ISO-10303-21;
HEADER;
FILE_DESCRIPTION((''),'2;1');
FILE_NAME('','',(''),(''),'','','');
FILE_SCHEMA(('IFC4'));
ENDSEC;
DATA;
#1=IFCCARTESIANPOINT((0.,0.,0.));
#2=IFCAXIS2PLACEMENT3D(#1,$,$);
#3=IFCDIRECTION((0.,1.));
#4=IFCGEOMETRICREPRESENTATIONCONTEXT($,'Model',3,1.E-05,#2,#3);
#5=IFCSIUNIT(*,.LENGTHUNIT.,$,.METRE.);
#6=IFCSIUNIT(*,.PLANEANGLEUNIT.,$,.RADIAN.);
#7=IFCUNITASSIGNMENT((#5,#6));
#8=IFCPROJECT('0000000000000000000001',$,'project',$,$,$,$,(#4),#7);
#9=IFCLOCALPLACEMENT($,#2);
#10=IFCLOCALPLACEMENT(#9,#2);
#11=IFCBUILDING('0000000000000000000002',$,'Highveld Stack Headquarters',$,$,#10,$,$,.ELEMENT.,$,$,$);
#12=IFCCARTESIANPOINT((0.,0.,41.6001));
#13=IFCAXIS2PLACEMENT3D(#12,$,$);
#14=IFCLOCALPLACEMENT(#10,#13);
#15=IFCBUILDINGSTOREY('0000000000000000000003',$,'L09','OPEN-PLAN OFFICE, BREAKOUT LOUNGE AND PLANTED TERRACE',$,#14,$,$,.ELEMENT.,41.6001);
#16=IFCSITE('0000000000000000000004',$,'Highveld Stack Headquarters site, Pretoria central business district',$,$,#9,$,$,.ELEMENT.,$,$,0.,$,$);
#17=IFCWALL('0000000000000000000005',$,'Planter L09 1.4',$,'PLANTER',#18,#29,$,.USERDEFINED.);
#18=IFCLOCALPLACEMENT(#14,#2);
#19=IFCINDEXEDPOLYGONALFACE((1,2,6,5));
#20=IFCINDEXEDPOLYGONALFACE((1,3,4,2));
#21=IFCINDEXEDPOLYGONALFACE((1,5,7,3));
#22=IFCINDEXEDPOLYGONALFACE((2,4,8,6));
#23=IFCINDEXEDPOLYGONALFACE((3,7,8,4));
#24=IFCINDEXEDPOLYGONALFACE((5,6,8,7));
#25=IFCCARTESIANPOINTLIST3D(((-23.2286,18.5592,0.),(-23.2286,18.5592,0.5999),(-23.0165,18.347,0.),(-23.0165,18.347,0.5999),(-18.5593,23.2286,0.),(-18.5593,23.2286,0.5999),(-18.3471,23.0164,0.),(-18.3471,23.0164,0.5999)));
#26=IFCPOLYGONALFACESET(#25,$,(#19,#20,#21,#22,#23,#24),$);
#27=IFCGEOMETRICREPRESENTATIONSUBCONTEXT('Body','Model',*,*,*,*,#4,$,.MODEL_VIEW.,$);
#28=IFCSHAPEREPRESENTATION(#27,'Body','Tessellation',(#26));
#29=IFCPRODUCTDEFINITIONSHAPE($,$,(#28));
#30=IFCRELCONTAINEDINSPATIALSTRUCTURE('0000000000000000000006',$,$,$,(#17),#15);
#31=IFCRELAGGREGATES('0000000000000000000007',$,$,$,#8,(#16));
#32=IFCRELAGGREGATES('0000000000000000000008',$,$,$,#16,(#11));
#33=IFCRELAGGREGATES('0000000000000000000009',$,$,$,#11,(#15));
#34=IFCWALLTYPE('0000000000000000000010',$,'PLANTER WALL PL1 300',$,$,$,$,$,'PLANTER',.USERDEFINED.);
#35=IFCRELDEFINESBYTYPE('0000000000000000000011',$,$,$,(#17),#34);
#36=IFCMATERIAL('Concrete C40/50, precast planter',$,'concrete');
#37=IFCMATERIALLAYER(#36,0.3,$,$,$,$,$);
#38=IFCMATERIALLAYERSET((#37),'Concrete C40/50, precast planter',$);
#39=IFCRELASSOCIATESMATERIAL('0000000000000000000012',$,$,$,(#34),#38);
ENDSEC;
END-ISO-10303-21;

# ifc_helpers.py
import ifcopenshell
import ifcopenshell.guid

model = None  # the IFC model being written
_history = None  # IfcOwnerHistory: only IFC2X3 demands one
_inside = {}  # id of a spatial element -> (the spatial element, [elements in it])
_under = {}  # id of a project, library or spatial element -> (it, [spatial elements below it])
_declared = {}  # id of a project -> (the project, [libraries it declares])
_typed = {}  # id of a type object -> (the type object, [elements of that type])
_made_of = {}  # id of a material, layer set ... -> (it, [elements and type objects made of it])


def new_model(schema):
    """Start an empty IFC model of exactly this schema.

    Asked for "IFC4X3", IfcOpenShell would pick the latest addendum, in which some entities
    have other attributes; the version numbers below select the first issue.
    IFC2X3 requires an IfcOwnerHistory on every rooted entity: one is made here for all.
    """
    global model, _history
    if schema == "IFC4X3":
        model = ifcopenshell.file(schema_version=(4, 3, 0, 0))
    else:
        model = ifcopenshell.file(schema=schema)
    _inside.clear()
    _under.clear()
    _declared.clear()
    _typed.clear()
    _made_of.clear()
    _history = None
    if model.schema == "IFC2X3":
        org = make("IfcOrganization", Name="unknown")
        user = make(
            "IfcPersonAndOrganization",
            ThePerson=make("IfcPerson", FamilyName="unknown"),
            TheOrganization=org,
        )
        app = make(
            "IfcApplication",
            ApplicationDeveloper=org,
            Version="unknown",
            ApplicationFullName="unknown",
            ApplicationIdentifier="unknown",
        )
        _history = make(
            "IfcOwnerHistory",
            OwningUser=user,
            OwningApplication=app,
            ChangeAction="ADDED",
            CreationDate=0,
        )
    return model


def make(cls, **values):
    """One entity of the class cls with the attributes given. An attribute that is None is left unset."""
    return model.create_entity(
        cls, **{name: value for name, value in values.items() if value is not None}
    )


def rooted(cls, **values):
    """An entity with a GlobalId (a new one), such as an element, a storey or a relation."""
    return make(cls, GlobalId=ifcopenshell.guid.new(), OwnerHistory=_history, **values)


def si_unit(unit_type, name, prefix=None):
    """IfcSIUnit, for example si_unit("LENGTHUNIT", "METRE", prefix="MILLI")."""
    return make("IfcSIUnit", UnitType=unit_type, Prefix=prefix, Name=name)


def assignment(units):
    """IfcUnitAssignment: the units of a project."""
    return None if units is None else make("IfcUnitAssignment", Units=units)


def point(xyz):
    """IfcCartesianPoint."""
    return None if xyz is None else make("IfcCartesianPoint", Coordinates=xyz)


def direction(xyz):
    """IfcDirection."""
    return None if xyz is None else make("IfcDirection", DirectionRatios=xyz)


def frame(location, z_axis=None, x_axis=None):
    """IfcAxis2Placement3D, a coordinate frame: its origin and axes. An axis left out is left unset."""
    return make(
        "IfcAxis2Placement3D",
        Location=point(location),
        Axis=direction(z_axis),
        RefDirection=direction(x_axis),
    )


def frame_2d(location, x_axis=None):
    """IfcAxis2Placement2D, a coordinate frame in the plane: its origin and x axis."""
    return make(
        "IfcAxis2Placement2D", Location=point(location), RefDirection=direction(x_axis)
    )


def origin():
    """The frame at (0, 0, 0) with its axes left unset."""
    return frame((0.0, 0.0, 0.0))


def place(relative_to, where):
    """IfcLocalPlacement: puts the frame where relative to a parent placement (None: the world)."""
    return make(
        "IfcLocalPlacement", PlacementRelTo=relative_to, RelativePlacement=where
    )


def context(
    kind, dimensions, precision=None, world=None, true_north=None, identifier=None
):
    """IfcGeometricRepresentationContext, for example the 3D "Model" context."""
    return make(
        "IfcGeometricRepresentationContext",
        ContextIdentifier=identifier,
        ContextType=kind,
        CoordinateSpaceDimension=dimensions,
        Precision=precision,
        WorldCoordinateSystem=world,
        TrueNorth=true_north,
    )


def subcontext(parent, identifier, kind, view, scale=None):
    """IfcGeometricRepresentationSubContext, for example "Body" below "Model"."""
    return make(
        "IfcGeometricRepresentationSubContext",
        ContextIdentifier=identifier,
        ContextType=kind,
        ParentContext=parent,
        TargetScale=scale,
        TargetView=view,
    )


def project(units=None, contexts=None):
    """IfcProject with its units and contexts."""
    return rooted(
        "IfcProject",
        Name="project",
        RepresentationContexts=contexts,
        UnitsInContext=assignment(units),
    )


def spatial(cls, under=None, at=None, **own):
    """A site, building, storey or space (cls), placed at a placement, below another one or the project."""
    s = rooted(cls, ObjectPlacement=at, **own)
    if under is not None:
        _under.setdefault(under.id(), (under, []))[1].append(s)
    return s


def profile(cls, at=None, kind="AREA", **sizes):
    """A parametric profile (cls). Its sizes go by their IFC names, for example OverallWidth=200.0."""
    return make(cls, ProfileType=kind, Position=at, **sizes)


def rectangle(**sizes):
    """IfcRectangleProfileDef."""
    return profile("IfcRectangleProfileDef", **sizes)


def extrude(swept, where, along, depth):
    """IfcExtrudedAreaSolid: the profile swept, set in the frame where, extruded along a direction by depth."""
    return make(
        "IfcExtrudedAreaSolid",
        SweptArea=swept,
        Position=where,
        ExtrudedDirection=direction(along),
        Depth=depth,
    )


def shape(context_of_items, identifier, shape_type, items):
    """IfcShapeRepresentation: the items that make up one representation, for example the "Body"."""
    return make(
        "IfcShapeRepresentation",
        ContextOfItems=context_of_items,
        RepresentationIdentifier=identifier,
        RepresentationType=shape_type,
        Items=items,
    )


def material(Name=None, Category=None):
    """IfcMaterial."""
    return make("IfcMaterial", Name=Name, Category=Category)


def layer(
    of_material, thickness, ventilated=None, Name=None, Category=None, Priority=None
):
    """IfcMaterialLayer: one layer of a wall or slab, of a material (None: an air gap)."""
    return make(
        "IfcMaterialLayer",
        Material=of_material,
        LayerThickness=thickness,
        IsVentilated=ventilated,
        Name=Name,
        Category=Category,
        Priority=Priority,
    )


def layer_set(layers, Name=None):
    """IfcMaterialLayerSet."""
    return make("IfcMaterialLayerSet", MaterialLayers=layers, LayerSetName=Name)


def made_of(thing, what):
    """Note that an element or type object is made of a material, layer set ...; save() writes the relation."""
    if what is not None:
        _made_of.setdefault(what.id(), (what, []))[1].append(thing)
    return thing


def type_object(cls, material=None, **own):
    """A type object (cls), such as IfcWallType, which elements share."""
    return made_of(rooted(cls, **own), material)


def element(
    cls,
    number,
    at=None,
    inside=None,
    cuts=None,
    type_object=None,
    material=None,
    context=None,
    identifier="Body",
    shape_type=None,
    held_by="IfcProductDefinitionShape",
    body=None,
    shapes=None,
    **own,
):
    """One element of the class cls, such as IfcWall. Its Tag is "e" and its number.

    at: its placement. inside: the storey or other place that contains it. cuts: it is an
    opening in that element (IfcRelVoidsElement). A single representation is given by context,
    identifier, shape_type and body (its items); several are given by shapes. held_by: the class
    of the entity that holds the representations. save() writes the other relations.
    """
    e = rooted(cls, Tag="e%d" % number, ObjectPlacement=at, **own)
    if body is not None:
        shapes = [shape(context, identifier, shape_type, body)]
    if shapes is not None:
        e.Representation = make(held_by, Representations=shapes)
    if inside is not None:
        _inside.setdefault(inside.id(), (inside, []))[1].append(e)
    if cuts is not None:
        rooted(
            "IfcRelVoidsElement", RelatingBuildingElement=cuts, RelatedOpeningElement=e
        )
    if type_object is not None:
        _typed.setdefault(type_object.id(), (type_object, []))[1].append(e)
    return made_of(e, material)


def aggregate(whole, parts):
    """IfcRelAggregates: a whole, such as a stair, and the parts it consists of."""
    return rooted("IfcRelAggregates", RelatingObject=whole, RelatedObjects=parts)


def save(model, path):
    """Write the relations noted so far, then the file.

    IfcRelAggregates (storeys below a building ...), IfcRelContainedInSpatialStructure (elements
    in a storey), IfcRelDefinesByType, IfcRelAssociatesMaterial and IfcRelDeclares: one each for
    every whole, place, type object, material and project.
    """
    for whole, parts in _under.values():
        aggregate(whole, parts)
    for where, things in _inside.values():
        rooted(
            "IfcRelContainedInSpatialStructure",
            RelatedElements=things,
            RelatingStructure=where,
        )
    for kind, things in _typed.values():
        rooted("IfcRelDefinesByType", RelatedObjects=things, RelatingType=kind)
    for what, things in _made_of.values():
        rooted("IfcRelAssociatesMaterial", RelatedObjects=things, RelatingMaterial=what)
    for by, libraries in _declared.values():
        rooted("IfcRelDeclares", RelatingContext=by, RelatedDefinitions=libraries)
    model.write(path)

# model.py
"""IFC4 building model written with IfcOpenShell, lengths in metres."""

from ifc_helpers import new_model, si_unit, direction, frame, frame_2d, origin, place, context, subcontext, project, spatial, rectangle, extrude, material, layer, layer_set, type_object, element, save


model = new_model("IFC4")

# Units and contexts
model_context = context("Model", 3, precision=1e-05, world=origin(), true_north=direction((0.0, 1.0)))
body_context = subcontext(model_context, "Body", "Model", "MODEL_VIEW")
ifc_project = project(units=[si_unit("LENGTHUNIT", "METRE"), si_unit("PLANEANGLEUNIT", "RADIAN")], contexts=[model_context])

# Site, building, storey
site_placement = place(None, origin())
site = spatial("IfcSite", under=ifc_project, at=site_placement, Name="Highveld Stack Headquarters site, Pretoria central business district", CompositionType="ELEMENT", RefElevation=0.0)
building_placement = place(site_placement, origin())
building = spatial("IfcBuilding", under=site, at=building_placement, Name="Highveld Stack Headquarters", CompositionType="ELEMENT")
storey_placement = place(building_placement, frame((0.0, 0.0, 41.6001)))
storey = spatial("IfcBuildingStorey", under=building, at=storey_placement, Name="L09", Description="OPEN-PLAN OFFICE, BREAKOUT LOUNGE AND PLANTED TERRACE", CompositionType="ELEMENT", Elevation=41.6001)

# Wall
ifc_material_1 = material(Name="Concrete C40/50, precast planter", Category="concrete")
ifc_layer_1 = layer(ifc_material_1, 0.3)
ifc_layer_set_1 = layer_set([ifc_layer_1], Name="Concrete C40/50, precast planter")
wall_type = type_object("IfcWallType", Name="PLANTER WALL PL1 300", ElementType="PLANTER", PredefinedType="USERDEFINED", material=ifc_layer_set_1)
wall_placement = place(storey_placement, frame((-23.1226, 18.4531, 0.0), z_axis=(0.0, 0.0, 1.0), x_axis=(0.707107, 0.707107, 0.0)))
element("IfcWall", 1, at=wall_placement, inside=storey, type_object=wall_type, Name="Planter L09 1.4", ObjectType="PLANTER", PredefinedType="USERDEFINED", context=body_context, shape_type="SweptSolid", body=[
    extrude(rectangle(XDim=6.6035, YDim=0.3, at=frame_2d((3.3018, 0.0))), origin(), (0.0, 0.0, 1.0), 0.5999),
])

save(model, "model.ifc")
